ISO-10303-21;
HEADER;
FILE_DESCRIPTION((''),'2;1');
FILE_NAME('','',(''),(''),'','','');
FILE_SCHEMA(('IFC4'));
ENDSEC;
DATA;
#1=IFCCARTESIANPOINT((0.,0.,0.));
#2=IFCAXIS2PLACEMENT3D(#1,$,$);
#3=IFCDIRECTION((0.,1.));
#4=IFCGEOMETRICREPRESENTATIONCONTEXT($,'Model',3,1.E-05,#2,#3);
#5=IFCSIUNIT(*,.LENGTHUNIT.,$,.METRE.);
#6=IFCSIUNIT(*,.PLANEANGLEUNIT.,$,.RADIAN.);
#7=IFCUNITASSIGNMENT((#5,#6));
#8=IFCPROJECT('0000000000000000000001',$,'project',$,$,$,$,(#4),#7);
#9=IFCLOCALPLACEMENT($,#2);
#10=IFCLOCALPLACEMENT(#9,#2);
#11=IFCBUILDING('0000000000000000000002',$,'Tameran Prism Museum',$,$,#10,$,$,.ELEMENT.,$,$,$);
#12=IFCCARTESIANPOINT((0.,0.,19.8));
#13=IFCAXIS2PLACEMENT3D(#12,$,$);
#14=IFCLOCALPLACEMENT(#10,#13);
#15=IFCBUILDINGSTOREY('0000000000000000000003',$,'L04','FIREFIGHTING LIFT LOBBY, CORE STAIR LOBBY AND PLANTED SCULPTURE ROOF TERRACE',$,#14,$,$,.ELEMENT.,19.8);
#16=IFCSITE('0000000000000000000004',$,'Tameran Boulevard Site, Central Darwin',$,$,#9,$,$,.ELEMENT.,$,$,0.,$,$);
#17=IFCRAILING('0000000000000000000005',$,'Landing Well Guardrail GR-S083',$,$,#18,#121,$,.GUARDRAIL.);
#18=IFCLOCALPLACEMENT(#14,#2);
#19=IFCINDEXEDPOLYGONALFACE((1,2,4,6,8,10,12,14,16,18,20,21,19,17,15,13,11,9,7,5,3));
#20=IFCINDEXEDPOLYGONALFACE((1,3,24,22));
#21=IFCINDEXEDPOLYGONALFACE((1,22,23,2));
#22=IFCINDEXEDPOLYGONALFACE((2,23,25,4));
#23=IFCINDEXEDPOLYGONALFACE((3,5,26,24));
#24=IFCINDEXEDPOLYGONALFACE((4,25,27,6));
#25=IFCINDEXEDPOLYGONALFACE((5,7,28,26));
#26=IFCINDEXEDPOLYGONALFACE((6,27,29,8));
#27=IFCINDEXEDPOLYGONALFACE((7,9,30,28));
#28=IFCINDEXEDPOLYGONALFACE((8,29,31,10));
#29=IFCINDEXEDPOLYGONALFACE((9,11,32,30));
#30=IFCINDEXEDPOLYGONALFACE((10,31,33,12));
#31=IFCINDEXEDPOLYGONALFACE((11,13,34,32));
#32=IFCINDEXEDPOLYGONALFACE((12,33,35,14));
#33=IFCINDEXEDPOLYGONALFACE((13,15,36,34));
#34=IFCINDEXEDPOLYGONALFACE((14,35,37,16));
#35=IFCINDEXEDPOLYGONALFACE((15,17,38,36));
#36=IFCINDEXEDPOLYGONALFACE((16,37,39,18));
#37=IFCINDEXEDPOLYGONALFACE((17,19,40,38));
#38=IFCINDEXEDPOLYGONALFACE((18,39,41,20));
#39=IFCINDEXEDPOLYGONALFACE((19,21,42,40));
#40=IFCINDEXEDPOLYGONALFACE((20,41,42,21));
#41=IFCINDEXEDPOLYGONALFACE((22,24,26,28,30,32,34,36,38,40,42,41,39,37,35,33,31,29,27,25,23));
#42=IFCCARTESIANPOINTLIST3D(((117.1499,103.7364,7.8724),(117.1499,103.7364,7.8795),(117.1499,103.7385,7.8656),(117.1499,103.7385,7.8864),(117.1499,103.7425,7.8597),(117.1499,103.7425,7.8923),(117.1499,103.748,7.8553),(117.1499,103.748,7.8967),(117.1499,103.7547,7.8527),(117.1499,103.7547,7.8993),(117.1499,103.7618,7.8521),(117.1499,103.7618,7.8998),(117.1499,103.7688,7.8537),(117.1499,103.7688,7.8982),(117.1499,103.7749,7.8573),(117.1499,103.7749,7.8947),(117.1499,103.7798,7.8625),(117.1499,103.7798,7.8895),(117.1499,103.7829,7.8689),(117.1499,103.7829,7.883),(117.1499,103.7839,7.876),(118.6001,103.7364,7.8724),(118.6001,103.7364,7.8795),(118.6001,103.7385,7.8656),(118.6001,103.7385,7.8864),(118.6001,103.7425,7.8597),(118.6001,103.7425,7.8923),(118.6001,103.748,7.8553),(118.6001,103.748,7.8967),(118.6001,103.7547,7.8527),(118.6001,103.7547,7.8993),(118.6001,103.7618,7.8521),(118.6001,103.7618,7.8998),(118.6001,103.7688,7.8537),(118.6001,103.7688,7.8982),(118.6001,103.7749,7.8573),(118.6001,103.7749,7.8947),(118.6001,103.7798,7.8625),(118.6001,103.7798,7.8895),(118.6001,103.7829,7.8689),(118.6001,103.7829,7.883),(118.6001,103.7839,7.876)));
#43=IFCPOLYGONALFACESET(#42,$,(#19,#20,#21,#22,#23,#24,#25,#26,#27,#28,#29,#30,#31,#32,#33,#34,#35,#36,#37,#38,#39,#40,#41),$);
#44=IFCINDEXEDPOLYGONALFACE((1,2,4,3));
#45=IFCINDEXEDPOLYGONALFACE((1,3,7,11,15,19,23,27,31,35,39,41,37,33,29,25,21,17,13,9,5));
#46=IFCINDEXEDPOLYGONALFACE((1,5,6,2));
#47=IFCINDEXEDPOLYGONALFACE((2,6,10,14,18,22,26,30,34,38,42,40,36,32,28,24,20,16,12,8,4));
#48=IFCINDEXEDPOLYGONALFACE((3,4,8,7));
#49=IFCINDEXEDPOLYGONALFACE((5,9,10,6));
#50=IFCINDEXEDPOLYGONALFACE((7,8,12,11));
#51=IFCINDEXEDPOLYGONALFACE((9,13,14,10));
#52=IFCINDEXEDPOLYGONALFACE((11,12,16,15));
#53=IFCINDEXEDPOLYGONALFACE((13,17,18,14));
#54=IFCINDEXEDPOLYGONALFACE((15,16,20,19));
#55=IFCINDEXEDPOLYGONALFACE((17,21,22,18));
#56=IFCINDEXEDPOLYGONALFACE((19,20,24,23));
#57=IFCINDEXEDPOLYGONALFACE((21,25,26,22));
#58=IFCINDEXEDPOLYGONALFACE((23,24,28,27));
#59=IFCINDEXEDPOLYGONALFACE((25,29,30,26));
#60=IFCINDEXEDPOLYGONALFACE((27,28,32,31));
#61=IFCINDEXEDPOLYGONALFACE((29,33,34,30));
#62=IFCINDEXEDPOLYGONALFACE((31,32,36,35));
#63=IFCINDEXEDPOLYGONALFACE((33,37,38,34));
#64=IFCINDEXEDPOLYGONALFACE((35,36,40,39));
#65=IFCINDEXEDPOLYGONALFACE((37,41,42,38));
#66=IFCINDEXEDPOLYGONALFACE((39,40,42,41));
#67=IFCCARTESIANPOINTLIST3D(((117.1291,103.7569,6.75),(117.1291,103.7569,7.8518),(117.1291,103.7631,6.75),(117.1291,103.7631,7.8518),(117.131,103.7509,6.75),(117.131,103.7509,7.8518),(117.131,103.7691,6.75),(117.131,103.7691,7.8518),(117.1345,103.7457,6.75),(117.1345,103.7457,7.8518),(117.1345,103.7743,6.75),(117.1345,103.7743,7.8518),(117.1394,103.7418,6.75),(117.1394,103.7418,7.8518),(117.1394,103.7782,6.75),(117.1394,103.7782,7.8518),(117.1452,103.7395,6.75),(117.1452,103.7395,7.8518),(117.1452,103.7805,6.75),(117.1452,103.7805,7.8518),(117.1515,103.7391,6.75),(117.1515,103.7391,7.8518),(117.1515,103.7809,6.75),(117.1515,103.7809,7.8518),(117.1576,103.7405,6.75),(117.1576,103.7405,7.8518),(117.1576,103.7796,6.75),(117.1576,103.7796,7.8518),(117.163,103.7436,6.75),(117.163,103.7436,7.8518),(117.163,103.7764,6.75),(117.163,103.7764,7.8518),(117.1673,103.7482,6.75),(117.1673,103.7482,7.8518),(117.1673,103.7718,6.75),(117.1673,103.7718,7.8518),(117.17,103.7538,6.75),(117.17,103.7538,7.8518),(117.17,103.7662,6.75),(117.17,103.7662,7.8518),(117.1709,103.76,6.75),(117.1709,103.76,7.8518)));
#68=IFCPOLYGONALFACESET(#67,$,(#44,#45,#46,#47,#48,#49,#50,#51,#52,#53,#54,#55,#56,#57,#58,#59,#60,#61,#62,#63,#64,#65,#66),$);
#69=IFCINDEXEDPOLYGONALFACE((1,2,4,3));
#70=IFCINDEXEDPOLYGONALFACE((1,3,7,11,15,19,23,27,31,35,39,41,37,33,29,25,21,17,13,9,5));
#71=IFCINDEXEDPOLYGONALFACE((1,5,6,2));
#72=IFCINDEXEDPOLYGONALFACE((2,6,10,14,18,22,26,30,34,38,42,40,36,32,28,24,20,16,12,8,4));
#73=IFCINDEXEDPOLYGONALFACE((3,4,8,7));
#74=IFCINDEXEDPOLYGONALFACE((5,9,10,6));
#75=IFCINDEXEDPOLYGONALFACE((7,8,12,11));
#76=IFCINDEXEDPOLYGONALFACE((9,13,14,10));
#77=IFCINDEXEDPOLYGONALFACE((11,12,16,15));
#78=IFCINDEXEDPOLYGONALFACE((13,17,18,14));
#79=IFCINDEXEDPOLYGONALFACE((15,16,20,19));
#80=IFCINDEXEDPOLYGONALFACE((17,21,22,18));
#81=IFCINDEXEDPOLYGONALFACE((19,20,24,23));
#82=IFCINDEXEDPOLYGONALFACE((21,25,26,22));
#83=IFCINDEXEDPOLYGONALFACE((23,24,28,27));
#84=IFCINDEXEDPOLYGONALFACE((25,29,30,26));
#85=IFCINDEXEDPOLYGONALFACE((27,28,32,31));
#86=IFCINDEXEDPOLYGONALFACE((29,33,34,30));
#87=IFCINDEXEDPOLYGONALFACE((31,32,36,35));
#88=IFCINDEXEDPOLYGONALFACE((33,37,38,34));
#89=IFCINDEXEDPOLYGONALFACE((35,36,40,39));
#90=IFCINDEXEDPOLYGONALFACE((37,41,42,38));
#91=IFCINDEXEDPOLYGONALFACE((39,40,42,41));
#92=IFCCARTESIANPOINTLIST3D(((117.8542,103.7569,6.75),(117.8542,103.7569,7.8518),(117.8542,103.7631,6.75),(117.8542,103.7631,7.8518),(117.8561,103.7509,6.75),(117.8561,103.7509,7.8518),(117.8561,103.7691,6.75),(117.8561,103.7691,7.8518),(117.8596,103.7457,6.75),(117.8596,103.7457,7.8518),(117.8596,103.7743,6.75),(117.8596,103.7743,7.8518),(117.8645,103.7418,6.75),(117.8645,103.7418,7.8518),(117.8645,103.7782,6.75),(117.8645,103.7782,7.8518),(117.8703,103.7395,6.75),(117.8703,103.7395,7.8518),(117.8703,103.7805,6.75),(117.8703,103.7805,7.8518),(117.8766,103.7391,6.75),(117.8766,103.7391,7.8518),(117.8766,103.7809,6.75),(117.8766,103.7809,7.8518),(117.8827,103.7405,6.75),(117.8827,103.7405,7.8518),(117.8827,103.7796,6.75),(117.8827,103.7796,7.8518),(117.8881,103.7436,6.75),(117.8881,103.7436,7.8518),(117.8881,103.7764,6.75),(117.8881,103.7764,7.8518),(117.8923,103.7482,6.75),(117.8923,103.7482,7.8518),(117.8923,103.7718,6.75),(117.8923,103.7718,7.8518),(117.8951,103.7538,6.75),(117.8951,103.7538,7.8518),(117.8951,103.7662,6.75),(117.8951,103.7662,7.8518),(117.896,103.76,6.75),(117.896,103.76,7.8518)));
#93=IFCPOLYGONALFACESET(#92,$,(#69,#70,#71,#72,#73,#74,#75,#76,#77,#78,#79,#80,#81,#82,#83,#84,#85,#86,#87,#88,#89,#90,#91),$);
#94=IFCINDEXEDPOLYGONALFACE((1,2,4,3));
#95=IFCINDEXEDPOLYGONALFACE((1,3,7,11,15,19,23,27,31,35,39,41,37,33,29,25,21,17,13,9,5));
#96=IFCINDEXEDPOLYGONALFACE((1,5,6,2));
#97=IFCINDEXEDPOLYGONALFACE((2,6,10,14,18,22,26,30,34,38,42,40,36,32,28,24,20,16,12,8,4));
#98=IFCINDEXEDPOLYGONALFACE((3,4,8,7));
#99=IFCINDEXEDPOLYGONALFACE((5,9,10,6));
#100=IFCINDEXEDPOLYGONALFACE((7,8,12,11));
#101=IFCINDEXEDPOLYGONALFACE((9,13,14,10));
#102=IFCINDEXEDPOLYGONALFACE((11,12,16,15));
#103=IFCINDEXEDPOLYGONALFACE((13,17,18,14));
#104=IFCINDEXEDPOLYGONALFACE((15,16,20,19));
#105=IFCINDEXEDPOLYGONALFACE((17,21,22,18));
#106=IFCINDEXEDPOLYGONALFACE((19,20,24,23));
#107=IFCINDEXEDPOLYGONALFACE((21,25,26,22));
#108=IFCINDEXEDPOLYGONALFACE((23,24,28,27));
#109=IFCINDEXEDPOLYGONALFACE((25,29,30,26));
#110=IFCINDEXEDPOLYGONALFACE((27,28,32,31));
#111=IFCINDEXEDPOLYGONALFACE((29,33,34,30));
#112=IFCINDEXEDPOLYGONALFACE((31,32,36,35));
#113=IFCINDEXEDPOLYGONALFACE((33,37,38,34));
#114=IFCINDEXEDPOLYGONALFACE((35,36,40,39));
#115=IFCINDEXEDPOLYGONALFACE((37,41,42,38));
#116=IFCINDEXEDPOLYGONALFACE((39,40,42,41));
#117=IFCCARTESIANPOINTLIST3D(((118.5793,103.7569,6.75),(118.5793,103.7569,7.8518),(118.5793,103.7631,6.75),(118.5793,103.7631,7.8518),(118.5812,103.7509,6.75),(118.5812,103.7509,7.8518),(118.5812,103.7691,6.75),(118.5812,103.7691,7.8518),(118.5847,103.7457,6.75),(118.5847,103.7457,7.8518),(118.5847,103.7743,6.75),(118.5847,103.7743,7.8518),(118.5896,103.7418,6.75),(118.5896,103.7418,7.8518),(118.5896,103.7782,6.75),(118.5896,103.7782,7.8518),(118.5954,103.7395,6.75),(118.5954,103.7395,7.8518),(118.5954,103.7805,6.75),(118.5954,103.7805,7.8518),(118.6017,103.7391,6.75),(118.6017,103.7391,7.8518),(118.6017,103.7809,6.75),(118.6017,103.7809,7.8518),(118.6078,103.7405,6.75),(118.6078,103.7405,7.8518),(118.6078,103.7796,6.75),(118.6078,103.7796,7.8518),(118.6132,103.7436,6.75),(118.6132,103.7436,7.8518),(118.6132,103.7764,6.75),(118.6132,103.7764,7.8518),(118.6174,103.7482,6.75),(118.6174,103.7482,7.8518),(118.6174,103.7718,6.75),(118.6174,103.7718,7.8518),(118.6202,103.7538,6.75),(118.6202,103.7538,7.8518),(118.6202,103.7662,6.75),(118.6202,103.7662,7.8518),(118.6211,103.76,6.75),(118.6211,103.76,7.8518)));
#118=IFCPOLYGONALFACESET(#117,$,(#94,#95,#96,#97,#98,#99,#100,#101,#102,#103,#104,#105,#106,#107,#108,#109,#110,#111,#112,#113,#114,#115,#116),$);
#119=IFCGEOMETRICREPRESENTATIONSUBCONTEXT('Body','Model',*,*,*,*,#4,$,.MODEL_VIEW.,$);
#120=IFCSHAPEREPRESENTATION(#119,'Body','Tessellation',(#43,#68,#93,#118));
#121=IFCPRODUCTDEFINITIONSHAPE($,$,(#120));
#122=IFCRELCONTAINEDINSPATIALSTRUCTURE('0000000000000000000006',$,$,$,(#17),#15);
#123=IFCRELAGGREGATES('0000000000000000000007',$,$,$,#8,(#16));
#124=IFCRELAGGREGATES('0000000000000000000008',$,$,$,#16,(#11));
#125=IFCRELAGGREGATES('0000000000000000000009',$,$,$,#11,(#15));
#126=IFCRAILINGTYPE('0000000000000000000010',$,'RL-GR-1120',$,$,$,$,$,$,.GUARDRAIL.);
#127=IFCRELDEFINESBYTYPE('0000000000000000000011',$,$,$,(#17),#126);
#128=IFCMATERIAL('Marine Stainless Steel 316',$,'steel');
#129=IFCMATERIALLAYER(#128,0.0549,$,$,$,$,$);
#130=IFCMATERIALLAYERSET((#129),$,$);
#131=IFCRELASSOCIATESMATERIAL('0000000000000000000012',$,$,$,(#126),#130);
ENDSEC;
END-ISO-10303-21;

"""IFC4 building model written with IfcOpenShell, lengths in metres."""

from ifc_helpers import new_model, si_unit, direction, frame, origin, origin_2d, place, context, subcontext, project, spatial, circle, extrude, material, layer, layer_set, type_object, element, save


model = new_model("IFC4")

# Units and contexts
model_context = context("Model", 3, precision=1e-05, world=origin(), true_north=direction((0.0, 1.0)))
body_context = subcontext(model_context, "Body", "Model", "MODEL_VIEW")
ifc_project = project(units=[si_unit("LENGTHUNIT", "METRE"), si_unit("PLANEANGLEUNIT", "RADIAN")], contexts=[model_context])

# Site, building, storey
site_placement = place(None, origin())
site = spatial("IfcSite", under=ifc_project, at=site_placement, Name="Tameran Boulevard Site, Central Darwin", CompositionType="ELEMENT", RefElevation=0.0)
building_placement = place(site_placement, origin())
building = spatial("IfcBuilding", under=site, at=building_placement, Name="Tameran Prism Museum", CompositionType="ELEMENT")
storey_placement = place(building_placement, frame((0.0, 0.0, 19.8)))
storey = spatial("IfcBuildingStorey", under=building, at=storey_placement, Name="L04", Description="FIREFIGHTING LIFT LOBBY, CORE STAIR LOBBY AND PLANTED SCULPTURE ROOF TERRACE", CompositionType="ELEMENT", Elevation=19.8)

# Railing
ifc_material_1 = material(Name="Marine Stainless Steel 316", Category="steel")
ifc_layer_1 = layer(ifc_material_1, 0.0549)
ifc_layer_set_1 = layer_set([ifc_layer_1])
railing_type_1 = type_object("IfcRailingType", Name="RL-GR-1120", PredefinedType="GUARDRAIL", material=ifc_layer_set_1)
railing_1_placement = place(storey_placement, frame((117.1499, 103.76, 6.75)))
element("IfcRailing", 1, at=railing_1_placement, inside=storey, type_object=railing_type_1, Name="Landing Well Guardrail GR-S083", PredefinedType="GUARDRAIL", context=body_context, shape_type="SweptSolid", body=[
    extrude(circle(Radius=0.0239, at=origin_2d()), frame((0.0, 0.0, 1.126), z_axis=(1.0, 0.0, 0.0), x_axis=(0.0, 1.0, 0.0)), (0.0, 0.0, 1.0), 1.4502),
    extrude(circle(Radius=0.021, at=origin_2d()), origin(), (0.0, 0.0, 1.0), 1.1018),
    extrude(circle(Radius=0.021, at=origin_2d()), frame((0.7251, 0.0, 0.0)), (0.0, 0.0, 1.0), 1.1018),
    extrude(circle(Radius=0.021, at=origin_2d()), frame((1.4502, 0.0, 0.0)), (0.0, 0.0, 1.0), 1.1018),
])

save(model, "model.ifc")
